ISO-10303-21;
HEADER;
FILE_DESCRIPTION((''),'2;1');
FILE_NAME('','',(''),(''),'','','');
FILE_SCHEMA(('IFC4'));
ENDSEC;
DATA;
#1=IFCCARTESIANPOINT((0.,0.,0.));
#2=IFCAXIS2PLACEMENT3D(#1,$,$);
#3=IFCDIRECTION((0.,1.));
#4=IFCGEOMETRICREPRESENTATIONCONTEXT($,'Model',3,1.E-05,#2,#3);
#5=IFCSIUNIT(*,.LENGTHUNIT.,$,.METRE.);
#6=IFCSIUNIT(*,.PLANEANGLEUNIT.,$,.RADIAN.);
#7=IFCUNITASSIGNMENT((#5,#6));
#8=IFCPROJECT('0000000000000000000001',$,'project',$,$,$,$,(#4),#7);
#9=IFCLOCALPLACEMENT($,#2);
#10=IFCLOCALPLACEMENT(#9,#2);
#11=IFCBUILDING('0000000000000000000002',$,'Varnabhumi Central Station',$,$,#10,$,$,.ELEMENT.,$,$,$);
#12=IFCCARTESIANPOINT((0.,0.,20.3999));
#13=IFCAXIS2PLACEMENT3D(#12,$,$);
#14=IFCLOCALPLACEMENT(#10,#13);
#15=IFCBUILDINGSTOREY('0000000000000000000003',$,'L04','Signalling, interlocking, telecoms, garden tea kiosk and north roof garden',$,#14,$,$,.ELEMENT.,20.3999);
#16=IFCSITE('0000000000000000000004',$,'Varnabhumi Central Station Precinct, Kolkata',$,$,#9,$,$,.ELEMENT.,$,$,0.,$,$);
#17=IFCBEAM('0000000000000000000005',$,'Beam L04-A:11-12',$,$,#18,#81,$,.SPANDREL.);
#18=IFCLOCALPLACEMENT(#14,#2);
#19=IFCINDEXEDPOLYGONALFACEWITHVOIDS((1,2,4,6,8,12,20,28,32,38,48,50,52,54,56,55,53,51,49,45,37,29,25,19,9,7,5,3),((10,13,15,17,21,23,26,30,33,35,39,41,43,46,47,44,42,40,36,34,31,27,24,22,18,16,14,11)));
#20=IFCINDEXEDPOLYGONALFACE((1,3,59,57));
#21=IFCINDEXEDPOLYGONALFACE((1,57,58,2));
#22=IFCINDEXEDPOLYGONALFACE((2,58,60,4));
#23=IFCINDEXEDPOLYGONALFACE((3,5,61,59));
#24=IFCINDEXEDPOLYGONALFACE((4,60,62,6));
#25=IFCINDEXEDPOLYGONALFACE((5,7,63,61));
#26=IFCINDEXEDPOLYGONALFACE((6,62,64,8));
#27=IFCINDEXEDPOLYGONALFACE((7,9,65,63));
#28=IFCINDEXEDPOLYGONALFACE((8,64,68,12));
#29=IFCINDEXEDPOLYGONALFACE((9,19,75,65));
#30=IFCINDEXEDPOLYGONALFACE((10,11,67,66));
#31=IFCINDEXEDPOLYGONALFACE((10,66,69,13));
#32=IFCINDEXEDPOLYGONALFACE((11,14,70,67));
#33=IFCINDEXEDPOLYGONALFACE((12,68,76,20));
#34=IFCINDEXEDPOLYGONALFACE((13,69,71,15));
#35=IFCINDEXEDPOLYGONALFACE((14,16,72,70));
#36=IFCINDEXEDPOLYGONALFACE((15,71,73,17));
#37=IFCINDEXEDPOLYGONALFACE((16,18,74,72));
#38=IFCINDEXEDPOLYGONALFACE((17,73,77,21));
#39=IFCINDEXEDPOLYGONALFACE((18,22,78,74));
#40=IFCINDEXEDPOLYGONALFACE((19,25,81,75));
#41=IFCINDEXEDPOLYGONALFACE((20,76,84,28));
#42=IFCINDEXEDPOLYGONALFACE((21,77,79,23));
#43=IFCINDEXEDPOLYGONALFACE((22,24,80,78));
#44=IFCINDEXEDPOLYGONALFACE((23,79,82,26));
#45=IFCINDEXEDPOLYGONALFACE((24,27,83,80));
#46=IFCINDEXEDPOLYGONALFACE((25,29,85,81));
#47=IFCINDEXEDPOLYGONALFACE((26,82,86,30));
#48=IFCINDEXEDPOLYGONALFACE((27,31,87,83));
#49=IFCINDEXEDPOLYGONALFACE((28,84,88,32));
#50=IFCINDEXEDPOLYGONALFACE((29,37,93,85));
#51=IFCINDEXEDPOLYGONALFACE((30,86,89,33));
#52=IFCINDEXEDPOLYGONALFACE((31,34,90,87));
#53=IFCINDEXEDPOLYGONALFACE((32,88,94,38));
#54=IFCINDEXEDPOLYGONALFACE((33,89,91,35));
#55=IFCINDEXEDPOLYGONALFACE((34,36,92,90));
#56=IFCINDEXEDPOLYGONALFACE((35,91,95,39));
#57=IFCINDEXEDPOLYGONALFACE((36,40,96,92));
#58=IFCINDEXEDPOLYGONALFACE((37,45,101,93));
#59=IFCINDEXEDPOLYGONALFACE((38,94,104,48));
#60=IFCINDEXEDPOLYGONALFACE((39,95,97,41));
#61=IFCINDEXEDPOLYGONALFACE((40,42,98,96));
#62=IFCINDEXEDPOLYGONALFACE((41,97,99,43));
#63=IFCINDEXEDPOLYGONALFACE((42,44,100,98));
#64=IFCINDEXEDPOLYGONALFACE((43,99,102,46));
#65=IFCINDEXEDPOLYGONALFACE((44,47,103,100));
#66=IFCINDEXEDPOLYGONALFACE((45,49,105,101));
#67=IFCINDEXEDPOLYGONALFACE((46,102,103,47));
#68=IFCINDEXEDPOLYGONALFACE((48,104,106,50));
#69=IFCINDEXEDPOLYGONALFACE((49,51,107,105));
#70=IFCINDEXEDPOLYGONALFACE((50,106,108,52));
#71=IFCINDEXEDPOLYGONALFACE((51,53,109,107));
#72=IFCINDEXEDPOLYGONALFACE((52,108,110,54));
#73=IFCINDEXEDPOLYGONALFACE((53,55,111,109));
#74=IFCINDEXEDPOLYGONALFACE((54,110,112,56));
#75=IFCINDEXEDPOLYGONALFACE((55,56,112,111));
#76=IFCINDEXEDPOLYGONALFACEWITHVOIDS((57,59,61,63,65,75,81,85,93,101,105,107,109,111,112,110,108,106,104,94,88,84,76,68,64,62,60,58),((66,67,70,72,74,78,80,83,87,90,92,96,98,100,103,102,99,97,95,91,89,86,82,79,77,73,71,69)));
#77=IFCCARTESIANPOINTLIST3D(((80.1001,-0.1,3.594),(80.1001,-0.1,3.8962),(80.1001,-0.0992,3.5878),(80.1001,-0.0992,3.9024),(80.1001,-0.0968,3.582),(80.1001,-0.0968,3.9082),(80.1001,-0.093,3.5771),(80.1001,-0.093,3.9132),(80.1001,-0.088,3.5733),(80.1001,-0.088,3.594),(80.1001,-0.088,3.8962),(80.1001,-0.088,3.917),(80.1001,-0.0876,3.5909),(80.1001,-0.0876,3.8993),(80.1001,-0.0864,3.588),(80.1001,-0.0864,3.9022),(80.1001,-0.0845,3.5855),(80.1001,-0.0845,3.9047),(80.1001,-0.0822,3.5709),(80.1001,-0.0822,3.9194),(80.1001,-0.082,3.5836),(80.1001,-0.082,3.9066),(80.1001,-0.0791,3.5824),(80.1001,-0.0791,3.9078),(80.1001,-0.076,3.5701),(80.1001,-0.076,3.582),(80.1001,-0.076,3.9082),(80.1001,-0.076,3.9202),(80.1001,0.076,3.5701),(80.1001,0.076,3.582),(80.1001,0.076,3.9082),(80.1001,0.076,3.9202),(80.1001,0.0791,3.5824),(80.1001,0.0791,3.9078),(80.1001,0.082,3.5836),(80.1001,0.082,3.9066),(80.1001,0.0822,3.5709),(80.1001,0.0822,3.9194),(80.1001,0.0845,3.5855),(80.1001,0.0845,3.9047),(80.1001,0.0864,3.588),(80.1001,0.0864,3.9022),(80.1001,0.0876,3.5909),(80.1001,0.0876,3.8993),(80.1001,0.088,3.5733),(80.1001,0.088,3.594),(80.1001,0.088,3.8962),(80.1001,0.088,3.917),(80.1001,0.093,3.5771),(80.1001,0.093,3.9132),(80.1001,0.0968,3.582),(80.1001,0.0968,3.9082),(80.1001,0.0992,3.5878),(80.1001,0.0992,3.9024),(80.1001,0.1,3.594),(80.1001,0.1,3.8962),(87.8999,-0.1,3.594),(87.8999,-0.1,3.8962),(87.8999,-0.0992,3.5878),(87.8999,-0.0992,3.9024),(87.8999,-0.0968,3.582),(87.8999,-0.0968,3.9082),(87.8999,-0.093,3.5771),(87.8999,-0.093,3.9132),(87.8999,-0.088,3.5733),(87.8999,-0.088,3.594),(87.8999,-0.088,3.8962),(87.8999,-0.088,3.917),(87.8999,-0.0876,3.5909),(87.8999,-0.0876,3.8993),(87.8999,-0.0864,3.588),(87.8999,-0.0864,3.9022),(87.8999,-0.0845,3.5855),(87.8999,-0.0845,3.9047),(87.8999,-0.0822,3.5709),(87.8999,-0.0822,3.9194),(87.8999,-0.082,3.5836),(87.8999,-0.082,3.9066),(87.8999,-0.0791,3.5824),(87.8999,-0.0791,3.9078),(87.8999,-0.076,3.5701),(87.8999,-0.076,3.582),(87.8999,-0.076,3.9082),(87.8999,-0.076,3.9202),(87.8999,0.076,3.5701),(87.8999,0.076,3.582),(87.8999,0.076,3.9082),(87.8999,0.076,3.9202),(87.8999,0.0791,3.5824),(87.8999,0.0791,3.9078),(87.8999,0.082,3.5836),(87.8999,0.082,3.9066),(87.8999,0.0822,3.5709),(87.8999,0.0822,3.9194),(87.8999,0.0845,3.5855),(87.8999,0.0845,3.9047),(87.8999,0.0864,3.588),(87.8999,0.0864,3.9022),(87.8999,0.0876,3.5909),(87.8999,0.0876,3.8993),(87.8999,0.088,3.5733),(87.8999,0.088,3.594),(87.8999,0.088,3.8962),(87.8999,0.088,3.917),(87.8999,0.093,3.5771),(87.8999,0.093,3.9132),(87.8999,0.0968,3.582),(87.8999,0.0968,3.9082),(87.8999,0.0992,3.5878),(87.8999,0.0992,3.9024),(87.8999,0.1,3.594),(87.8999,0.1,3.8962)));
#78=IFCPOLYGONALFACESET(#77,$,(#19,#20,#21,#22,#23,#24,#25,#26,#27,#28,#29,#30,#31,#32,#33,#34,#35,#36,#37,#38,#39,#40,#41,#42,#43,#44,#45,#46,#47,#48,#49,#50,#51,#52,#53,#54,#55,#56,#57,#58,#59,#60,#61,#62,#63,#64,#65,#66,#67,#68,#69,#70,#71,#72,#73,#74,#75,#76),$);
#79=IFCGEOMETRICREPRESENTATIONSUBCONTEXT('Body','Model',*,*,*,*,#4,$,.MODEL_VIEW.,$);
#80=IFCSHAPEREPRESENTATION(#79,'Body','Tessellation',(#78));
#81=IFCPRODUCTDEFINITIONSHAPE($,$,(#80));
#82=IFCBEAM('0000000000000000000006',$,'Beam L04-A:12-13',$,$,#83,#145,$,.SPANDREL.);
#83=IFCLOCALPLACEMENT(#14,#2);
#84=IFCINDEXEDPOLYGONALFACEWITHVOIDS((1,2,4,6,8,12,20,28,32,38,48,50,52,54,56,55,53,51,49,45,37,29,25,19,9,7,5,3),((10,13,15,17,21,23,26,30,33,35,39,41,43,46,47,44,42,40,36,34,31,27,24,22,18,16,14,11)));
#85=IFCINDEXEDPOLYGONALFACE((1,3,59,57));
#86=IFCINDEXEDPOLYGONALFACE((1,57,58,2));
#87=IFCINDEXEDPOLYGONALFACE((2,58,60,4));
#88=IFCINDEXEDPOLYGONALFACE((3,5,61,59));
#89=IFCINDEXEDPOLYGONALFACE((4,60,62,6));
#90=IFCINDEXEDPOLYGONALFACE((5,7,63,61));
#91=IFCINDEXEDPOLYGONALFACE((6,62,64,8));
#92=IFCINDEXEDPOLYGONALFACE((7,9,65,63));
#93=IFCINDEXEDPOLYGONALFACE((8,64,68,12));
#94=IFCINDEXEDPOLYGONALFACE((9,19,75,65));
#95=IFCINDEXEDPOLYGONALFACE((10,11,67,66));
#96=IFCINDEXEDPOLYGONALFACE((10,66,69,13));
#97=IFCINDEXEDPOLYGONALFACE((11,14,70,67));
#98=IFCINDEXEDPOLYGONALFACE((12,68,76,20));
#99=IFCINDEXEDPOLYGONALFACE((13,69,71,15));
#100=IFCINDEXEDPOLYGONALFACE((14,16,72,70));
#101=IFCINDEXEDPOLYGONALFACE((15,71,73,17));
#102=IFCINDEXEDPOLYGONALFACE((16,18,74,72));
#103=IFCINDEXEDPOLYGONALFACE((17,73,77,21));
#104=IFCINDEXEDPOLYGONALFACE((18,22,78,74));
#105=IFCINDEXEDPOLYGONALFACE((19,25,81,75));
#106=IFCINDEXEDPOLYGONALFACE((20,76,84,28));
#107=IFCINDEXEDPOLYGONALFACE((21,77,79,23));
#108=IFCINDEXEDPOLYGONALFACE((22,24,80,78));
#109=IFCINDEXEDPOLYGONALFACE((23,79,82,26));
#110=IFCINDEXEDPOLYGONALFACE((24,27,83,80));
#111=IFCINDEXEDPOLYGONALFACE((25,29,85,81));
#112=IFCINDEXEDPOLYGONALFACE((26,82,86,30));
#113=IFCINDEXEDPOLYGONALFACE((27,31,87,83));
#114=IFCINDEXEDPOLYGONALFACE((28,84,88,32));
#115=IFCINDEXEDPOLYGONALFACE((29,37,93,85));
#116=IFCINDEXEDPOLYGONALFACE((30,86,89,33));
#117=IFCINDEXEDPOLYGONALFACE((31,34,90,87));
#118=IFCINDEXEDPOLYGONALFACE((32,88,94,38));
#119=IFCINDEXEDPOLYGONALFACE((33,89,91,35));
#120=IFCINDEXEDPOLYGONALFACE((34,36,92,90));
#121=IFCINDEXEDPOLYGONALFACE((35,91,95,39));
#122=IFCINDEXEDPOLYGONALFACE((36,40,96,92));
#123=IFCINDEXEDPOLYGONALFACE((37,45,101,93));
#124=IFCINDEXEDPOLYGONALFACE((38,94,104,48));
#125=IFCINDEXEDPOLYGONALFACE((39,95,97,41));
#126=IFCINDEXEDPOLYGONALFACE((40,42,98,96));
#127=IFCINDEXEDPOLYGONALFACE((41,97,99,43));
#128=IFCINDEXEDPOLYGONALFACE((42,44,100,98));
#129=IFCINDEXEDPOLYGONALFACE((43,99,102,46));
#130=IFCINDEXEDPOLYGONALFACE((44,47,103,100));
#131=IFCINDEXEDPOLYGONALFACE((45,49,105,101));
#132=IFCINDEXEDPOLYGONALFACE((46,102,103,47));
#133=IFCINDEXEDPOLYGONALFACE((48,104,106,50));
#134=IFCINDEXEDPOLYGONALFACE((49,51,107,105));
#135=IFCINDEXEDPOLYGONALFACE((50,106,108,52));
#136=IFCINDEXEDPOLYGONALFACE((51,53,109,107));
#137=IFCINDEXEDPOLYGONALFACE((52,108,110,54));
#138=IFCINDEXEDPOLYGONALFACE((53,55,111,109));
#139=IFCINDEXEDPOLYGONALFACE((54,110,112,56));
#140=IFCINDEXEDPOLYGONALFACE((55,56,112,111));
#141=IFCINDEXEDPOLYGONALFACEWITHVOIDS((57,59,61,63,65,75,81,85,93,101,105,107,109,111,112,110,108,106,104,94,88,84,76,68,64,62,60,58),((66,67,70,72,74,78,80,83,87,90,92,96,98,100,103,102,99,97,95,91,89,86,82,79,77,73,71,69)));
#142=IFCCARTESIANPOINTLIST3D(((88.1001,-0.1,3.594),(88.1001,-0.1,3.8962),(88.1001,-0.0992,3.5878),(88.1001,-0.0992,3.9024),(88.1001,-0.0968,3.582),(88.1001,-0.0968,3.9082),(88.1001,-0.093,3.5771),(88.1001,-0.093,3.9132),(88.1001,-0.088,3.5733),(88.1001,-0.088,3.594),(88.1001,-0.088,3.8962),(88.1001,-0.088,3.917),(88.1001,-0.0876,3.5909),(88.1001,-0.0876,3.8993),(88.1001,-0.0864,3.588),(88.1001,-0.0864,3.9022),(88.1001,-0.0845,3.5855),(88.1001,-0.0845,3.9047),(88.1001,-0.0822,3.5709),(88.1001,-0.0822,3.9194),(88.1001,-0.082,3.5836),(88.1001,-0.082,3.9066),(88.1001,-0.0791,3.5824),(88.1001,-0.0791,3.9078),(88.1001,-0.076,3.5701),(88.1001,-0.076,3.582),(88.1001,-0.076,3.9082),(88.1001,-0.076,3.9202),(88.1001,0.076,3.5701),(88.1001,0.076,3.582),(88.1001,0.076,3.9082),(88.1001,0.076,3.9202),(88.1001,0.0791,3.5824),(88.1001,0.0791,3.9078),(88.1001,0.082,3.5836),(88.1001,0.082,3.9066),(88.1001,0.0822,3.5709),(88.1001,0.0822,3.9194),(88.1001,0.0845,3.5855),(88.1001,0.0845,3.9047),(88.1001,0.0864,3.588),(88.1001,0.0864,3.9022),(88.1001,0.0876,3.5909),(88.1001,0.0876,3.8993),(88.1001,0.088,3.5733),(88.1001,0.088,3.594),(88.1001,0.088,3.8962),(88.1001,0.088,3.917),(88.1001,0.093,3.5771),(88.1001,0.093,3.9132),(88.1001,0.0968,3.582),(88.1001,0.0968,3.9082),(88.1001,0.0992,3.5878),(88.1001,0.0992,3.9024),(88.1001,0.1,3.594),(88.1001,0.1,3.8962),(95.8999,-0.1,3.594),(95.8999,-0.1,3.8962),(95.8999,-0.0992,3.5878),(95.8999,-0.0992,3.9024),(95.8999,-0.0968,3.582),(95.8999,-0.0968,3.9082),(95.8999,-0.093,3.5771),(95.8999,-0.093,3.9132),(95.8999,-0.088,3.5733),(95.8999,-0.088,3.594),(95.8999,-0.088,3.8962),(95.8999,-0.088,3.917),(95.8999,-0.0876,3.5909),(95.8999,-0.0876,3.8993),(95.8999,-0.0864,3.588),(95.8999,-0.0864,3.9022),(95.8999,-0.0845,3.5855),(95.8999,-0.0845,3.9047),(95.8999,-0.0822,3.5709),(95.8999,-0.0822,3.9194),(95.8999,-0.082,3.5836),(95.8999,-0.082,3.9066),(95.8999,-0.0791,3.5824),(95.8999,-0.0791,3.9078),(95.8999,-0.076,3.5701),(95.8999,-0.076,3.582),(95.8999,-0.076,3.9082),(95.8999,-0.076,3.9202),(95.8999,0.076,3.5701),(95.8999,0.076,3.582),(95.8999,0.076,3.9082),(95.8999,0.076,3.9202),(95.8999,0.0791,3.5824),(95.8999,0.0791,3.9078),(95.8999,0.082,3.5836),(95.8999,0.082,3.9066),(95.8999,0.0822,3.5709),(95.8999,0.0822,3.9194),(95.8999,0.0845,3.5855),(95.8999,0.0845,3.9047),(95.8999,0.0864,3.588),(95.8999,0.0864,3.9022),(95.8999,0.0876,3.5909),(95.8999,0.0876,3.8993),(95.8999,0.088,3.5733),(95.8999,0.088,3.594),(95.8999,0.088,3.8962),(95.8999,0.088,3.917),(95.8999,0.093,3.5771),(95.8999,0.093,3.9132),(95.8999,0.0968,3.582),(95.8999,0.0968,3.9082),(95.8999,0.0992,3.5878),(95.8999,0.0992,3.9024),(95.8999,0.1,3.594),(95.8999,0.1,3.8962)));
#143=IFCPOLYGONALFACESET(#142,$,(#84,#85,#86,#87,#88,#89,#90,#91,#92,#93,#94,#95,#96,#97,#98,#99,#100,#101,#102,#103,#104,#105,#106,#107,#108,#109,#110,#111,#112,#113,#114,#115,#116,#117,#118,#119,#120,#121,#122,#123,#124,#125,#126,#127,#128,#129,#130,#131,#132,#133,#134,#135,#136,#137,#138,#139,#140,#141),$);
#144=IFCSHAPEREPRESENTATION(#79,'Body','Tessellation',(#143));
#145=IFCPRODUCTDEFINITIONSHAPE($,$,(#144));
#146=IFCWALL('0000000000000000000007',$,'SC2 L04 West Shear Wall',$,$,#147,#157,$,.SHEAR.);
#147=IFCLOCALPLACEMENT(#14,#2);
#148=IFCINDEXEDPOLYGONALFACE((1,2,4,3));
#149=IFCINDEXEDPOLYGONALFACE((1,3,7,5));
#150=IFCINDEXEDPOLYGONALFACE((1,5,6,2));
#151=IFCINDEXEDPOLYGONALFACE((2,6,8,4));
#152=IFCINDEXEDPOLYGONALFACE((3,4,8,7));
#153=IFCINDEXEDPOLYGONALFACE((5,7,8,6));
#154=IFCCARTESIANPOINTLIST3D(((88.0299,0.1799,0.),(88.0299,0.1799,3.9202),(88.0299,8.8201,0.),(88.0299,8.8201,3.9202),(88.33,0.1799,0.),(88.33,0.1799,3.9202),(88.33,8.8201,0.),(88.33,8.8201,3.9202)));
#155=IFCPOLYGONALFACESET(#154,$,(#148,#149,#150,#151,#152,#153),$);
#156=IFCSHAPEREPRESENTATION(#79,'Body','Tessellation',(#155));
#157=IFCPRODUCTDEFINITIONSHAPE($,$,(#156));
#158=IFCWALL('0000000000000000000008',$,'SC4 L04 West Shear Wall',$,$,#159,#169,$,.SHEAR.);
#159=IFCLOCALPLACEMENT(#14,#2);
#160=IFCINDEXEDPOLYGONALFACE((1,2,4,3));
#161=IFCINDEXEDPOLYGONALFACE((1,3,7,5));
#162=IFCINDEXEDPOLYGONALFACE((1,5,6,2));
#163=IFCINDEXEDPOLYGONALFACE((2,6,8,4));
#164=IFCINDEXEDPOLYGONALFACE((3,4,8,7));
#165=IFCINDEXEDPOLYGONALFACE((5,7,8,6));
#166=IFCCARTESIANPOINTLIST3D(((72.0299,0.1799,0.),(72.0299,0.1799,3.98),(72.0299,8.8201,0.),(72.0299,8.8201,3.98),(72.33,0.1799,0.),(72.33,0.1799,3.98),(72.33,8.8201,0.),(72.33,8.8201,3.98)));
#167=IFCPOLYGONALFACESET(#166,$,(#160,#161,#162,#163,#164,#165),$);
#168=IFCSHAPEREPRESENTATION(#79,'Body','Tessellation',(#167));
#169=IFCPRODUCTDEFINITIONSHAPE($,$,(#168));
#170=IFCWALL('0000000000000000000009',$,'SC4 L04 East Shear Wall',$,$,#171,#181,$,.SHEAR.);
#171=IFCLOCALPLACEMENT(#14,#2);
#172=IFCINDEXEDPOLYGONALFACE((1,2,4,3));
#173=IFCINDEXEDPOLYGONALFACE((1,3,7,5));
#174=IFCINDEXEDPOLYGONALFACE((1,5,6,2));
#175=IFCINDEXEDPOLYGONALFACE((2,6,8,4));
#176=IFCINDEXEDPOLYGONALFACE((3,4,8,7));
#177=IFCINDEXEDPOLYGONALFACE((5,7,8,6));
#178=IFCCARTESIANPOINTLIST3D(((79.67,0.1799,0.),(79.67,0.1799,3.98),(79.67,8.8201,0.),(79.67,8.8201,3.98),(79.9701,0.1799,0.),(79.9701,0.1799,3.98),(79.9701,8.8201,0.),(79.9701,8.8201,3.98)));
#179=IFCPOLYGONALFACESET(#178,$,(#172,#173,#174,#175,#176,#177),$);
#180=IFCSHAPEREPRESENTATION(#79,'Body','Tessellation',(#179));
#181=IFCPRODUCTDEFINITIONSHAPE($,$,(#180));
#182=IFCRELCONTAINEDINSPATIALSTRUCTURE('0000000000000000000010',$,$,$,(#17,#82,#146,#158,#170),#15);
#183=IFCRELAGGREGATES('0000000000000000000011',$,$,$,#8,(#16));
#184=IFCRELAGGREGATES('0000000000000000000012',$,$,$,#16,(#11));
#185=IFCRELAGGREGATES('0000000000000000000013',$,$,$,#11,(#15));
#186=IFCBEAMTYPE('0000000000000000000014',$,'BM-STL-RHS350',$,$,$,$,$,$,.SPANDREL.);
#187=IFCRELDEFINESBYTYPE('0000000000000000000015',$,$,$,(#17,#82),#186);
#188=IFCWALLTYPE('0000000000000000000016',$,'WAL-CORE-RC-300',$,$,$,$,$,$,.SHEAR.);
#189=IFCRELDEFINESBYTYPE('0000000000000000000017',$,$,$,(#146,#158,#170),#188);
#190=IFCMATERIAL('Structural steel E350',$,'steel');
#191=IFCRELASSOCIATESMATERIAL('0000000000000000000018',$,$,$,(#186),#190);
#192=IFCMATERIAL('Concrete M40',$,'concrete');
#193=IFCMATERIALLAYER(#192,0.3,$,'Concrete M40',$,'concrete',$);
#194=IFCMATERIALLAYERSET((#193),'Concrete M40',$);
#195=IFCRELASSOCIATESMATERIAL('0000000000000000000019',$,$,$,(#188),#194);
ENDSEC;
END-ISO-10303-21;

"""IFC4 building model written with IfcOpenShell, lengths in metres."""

from ifc_helpers import new_model, si_unit, direction, frame, frame_2d, origin, origin_2d, place, context, subcontext, project, spatial, rectangle, hollow_rectangle, extrude, material, layer, layer_set, material_profile, profile_set, type_object, element, save


model = new_model("IFC4")

# Units and contexts
model_context = context("Model", 3, precision=1e-05, world=origin(), true_north=direction((0.0, 1.0)))
body_context = subcontext(model_context, "Body", "Model", "MODEL_VIEW")
ifc_project = project(units=[si_unit("LENGTHUNIT", "METRE"), si_unit("PLANEANGLEUNIT", "RADIAN")], contexts=[model_context])

# Site, building, storey
site_placement = place(None, origin())
site = spatial("IfcSite", under=ifc_project, at=site_placement, Name="Varnabhumi Central Station Precinct, Kolkata", CompositionType="ELEMENT", RefElevation=0.0)
building_placement = place(site_placement, origin())
building = spatial("IfcBuilding", under=site, at=building_placement, Name="Varnabhumi Central Station", CompositionType="ELEMENT")
storey_placement = place(building_placement, frame((0.0, 0.0, 20.3999)))
storey = spatial("IfcBuildingStorey", under=building, at=storey_placement, Name="L04", Description="Signalling, interlocking, telecoms, garden tea kiosk and north roof garden", CompositionType="ELEMENT", Elevation=20.3999)

# Shared definitions
ifc_material_1 = material(Name="Concrete M40", Category="concrete")

# Beams
ifc_material_2 = material(Name="Structural steel E350", Category="steel")
ifc_material_profile_1 = material_profile(ifc_material_2, hollow_rectangle(XDim=0.2, YDim=0.3501, WallThickness=0.012, InnerFilletRadius=0.012, OuterFilletRadius=0.0239, at=origin_2d()), Name="Structural steel E350", Category="steel")
ifc_profile_set_1 = profile_set([ifc_material_profile_1], Name="Structural steel E350")
beam_type_1 = type_object("IfcBeamType", Name="BM-STL-RHS350", PredefinedType="SPANDREL", material=ifc_profile_set_1)
for number, where, z_axis, x_axis, name in (
    (1, (80.1001, 0.0, 3.7451), (1.0, 0.0, 0.0), (0.0, 1.0, 0.0), "Beam L04-A:11-12"),
    (2, (88.1001, 0.0, 3.7451), (1.0, 0.0, 0.0), (0.0, 1.0, 0.0), "Beam L04-A:12-13"),
):
    element("IfcBeam", number, at=place(storey_placement, frame(where, z_axis=z_axis, x_axis=x_axis)), inside=storey, type_object=beam_type_1, Name=name, PredefinedType="SPANDREL", context=body_context, shape_type="SweptSolid", body=[
        extrude(hollow_rectangle(XDim=0.2, YDim=0.3501, WallThickness=0.012, InnerFilletRadius=0.012, OuterFilletRadius=0.0239, at=origin_2d()), origin(), (0.0, 0.0, 1.0), 7.7998),
    ])

# Wall
ifc_layer_1 = layer(ifc_material_1, 0.3, Name="Concrete M40", Category="concrete")
ifc_layer_set_1 = layer_set([ifc_layer_1], Name="Concrete M40")
wall_type_1 = type_object("IfcWallType", Name="WAL-CORE-RC-300", PredefinedType="SHEAR", material=ifc_layer_set_1)
wall_1_placement = place(storey_placement, frame((88.1799, 0.1799, 0.0), z_axis=(0.0, 0.0, 1.0), x_axis=(0.0, 1.0, 0.0)))
element("IfcWall", 3, at=wall_1_placement, inside=storey, type_object=wall_type_1, Name="SC2 L04 West Shear Wall", PredefinedType="SHEAR", context=body_context, shape_type="SweptSolid", body=[
    extrude(rectangle(XDim=8.6401, YDim=0.3, at=frame_2d((4.3201, 0.0))), origin(), (0.0, 0.0, 1.0), 3.9202),
])

# Walls
for number, where, z_axis, x_axis, name in (
    (4, (72.1799, 0.1799, 0.0), (0.0, 0.0, 1.0), (0.0, 1.0, 0.0), "SC4 L04 West Shear Wall"),
    (5, (79.8201, 0.1799, 0.0), (0.0, 0.0, 1.0), (0.0, 1.0, 0.0), "SC4 L04 East Shear Wall"),
):
    element("IfcWall", number, at=place(storey_placement, frame(where, z_axis=z_axis, x_axis=x_axis)), inside=storey, type_object=wall_type_1, Name=name, PredefinedType="SHEAR", context=body_context, shape_type="SweptSolid", body=[
        extrude(rectangle(XDim=8.6401, YDim=0.3, at=frame_2d((4.3201, 0.0))), origin(), (0.0, 0.0, 1.0), 3.98),
    ])

save(model, "model.ifc")
